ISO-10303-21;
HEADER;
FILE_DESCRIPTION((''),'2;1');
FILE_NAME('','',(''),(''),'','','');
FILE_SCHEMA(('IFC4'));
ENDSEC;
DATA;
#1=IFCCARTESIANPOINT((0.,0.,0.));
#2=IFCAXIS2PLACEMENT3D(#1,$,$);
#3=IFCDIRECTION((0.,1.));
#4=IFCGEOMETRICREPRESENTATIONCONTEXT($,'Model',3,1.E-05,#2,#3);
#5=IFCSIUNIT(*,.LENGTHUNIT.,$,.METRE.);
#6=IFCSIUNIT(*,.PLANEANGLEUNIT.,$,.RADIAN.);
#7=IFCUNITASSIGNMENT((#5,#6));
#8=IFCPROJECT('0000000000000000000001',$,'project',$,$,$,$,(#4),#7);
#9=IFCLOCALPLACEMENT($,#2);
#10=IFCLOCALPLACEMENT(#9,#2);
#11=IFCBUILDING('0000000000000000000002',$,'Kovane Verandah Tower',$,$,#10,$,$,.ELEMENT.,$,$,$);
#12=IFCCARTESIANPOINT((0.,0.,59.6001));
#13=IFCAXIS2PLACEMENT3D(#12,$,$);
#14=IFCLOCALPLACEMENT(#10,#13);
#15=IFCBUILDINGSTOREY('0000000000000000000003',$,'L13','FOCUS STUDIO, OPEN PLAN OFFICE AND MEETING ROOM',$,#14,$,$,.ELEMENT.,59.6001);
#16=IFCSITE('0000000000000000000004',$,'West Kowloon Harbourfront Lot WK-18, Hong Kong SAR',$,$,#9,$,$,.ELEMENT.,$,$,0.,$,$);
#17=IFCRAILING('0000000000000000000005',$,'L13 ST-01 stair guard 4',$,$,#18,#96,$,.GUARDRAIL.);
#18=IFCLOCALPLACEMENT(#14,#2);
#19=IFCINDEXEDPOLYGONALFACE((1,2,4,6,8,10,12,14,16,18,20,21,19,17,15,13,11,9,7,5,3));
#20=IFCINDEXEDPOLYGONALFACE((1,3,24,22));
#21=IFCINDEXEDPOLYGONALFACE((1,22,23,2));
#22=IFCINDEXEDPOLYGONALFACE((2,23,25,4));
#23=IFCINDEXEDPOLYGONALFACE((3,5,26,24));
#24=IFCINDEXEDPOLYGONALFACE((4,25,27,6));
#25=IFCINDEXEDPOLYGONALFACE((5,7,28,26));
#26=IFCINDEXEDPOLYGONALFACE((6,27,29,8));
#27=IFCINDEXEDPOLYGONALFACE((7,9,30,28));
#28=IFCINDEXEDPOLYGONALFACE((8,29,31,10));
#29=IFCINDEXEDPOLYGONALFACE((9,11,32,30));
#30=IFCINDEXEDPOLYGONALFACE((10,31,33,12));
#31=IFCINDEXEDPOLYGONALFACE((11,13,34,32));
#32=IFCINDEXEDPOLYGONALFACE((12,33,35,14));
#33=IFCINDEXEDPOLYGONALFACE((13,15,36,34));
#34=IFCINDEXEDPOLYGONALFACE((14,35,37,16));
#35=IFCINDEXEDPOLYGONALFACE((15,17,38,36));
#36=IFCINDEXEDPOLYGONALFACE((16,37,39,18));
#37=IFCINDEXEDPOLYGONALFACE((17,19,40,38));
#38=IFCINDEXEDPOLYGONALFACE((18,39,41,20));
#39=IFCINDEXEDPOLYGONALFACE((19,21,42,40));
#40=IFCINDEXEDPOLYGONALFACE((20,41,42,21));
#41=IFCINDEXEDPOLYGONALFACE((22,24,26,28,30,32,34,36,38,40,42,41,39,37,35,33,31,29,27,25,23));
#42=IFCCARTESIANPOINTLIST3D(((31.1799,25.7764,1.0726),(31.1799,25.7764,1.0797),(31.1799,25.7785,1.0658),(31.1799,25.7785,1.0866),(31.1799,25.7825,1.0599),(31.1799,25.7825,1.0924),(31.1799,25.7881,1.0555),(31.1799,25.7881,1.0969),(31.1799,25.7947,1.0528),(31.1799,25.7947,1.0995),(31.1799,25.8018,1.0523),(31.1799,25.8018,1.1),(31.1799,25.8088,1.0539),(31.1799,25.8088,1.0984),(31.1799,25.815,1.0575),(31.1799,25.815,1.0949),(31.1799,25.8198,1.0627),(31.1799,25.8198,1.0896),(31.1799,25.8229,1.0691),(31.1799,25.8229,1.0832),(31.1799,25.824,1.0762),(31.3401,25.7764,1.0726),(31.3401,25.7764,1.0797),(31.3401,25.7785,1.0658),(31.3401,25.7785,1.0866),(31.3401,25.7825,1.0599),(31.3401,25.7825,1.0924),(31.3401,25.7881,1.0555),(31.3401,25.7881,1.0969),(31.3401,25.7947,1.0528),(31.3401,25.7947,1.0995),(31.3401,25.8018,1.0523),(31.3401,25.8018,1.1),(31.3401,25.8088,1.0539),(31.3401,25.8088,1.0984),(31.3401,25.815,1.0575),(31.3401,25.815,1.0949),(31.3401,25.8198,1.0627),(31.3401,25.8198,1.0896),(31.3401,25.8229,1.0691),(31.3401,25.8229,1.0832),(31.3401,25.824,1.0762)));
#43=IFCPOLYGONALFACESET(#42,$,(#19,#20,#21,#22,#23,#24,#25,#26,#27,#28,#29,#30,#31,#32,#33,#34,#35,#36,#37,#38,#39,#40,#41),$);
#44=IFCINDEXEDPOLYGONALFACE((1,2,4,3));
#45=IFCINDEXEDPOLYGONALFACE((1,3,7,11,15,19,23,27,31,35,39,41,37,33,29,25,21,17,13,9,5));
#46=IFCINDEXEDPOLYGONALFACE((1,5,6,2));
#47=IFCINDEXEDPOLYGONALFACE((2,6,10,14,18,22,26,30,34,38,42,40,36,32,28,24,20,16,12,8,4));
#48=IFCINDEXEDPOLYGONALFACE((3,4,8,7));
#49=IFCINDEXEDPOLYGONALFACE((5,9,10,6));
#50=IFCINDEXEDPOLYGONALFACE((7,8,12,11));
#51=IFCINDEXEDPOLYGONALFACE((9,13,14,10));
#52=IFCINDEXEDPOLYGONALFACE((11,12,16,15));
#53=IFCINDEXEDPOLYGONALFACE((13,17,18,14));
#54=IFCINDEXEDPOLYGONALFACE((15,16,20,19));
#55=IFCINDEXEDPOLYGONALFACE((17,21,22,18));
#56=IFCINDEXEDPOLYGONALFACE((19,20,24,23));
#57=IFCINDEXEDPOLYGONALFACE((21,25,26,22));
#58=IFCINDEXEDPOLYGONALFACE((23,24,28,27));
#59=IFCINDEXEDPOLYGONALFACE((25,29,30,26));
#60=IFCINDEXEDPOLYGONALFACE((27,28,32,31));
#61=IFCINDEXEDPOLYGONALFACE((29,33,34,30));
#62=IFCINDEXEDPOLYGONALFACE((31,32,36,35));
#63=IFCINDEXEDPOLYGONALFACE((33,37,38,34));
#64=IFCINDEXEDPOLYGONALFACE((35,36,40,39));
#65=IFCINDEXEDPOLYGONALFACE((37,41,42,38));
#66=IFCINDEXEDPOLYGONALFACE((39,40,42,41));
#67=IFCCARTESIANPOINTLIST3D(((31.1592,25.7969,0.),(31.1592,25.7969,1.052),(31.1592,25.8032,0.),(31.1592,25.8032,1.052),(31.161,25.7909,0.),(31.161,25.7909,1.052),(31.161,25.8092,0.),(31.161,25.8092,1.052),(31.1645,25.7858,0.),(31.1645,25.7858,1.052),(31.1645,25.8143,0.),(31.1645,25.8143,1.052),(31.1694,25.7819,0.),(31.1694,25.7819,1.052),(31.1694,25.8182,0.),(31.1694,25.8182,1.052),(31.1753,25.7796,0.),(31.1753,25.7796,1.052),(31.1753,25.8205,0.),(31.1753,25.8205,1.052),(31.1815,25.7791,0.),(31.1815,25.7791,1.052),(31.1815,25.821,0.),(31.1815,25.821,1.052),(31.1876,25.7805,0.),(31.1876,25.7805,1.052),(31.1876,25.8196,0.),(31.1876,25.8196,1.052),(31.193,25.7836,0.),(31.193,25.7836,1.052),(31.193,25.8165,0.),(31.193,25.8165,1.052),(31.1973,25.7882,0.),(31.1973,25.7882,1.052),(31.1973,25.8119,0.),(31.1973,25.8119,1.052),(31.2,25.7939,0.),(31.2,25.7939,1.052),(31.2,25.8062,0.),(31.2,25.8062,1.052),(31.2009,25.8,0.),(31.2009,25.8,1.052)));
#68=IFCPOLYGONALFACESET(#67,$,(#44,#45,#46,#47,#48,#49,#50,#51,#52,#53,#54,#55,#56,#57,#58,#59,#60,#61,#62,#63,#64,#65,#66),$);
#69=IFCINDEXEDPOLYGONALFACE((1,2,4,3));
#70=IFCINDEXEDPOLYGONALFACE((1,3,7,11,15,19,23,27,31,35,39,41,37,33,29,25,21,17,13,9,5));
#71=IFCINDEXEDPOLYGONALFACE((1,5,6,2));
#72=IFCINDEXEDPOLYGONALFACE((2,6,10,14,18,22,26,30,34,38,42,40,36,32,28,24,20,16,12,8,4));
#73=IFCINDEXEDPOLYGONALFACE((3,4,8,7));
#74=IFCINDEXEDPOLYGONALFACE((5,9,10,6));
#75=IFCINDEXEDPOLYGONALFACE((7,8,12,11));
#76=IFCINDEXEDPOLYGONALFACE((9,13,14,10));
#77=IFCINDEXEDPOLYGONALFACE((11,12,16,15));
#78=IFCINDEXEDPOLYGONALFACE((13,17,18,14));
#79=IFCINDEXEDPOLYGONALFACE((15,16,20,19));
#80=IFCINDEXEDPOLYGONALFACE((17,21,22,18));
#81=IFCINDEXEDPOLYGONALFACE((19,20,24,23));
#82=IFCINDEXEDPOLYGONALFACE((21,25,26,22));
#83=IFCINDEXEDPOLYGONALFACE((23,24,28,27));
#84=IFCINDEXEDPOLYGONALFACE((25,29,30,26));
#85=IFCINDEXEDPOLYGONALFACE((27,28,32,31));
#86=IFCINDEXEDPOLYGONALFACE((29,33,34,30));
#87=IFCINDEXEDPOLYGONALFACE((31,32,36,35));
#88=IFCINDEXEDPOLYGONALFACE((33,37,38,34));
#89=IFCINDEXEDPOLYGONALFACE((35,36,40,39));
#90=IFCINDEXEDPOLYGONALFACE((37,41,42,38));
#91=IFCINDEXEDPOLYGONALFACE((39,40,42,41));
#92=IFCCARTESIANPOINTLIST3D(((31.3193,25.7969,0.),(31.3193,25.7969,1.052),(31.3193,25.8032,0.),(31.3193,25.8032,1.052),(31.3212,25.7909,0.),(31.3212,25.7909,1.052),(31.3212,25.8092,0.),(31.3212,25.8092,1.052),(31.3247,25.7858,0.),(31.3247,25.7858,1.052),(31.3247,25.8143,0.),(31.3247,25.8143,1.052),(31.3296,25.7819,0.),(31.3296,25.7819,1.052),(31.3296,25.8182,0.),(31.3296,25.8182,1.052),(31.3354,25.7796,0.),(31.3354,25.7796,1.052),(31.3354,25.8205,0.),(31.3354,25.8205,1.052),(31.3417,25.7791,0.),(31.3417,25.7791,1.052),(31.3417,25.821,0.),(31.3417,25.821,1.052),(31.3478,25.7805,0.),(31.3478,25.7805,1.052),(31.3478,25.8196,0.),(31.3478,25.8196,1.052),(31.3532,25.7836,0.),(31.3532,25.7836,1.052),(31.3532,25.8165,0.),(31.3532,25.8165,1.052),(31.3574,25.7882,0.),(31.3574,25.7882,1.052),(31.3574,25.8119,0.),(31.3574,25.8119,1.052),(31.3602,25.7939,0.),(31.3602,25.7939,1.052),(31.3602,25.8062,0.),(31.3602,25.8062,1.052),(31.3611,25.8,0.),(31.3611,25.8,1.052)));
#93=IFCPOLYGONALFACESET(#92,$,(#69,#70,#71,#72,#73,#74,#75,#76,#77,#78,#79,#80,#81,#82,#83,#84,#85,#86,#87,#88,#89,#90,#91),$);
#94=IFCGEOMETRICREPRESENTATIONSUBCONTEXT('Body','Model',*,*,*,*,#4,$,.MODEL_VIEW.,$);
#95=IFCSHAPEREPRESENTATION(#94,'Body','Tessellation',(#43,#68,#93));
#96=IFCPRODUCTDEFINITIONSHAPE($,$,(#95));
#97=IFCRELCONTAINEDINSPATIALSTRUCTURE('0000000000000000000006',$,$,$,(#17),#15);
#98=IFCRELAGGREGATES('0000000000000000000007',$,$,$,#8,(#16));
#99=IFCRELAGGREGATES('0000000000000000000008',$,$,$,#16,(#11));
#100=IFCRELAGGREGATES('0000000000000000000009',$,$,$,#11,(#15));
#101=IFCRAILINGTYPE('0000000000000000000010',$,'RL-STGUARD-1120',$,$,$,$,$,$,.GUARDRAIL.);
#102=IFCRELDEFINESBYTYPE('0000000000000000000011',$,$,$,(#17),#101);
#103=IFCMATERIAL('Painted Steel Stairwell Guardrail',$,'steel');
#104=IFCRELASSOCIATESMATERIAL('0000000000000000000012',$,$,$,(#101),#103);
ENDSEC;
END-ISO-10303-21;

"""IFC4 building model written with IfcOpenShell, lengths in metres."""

from ifc_helpers import new_model, si_unit, direction, frame, origin, origin_2d, place, context, subcontext, project, spatial, circle, extrude, material, type_object, element, save


model = new_model("IFC4")

# Units and contexts
model_context = context("Model", 3, precision=1e-05, world=origin(), true_north=direction((0.0, 1.0)))
body_context = subcontext(model_context, "Body", "Model", "MODEL_VIEW")
ifc_project = project(units=[si_unit("LENGTHUNIT", "METRE"), si_unit("PLANEANGLEUNIT", "RADIAN")], contexts=[model_context])

# Site, building, storey
site_placement = place(None, origin())
site = spatial("IfcSite", under=ifc_project, at=site_placement, Name="West Kowloon Harbourfront Lot WK-18, Hong Kong SAR", CompositionType="ELEMENT", RefElevation=0.0)
building_placement = place(site_placement, origin())
building = spatial("IfcBuilding", under=site, at=building_placement, Name="Kovane Verandah Tower", CompositionType="ELEMENT")
storey_placement = place(building_placement, frame((0.0, 0.0, 59.6001)))
storey = spatial("IfcBuildingStorey", under=building, at=storey_placement, Name="L13", Description="FOCUS STUDIO, OPEN PLAN OFFICE AND MEETING ROOM", CompositionType="ELEMENT", Elevation=59.6001)

# Railing
ifc_material_1 = material(Name="Painted Steel Stairwell Guardrail", Category="steel")
railing_type_1 = type_object("IfcRailingType", Name="RL-STGUARD-1120", PredefinedType="GUARDRAIL", material=ifc_material_1)
railing_1_placement = place(storey_placement, frame((31.1799, 25.8, 0.0)))
element("IfcRailing", 1, at=railing_1_placement, inside=storey, type_object=railing_type_1, Name="L13 ST-01 stair guard 4", PredefinedType="GUARDRAIL", context=body_context, shape_type="SweptSolid", body=[
    extrude(circle(Radius=0.0239, at=origin_2d()), frame((0.0, 0.0, 1.0762), z_axis=(1.0, 0.0, 0.0), x_axis=(0.0, 1.0, 0.0)), (0.0, 0.0, 1.0), 0.1602),
    extrude(circle(Radius=0.021, at=origin_2d()), origin(), (0.0, 0.0, 1.0), 1.052),
    extrude(circle(Radius=0.021, at=origin_2d()), frame((0.1602, 0.0, 0.0)), (0.0, 0.0, 1.0), 1.052),
])

save(model, "model.ifc")
